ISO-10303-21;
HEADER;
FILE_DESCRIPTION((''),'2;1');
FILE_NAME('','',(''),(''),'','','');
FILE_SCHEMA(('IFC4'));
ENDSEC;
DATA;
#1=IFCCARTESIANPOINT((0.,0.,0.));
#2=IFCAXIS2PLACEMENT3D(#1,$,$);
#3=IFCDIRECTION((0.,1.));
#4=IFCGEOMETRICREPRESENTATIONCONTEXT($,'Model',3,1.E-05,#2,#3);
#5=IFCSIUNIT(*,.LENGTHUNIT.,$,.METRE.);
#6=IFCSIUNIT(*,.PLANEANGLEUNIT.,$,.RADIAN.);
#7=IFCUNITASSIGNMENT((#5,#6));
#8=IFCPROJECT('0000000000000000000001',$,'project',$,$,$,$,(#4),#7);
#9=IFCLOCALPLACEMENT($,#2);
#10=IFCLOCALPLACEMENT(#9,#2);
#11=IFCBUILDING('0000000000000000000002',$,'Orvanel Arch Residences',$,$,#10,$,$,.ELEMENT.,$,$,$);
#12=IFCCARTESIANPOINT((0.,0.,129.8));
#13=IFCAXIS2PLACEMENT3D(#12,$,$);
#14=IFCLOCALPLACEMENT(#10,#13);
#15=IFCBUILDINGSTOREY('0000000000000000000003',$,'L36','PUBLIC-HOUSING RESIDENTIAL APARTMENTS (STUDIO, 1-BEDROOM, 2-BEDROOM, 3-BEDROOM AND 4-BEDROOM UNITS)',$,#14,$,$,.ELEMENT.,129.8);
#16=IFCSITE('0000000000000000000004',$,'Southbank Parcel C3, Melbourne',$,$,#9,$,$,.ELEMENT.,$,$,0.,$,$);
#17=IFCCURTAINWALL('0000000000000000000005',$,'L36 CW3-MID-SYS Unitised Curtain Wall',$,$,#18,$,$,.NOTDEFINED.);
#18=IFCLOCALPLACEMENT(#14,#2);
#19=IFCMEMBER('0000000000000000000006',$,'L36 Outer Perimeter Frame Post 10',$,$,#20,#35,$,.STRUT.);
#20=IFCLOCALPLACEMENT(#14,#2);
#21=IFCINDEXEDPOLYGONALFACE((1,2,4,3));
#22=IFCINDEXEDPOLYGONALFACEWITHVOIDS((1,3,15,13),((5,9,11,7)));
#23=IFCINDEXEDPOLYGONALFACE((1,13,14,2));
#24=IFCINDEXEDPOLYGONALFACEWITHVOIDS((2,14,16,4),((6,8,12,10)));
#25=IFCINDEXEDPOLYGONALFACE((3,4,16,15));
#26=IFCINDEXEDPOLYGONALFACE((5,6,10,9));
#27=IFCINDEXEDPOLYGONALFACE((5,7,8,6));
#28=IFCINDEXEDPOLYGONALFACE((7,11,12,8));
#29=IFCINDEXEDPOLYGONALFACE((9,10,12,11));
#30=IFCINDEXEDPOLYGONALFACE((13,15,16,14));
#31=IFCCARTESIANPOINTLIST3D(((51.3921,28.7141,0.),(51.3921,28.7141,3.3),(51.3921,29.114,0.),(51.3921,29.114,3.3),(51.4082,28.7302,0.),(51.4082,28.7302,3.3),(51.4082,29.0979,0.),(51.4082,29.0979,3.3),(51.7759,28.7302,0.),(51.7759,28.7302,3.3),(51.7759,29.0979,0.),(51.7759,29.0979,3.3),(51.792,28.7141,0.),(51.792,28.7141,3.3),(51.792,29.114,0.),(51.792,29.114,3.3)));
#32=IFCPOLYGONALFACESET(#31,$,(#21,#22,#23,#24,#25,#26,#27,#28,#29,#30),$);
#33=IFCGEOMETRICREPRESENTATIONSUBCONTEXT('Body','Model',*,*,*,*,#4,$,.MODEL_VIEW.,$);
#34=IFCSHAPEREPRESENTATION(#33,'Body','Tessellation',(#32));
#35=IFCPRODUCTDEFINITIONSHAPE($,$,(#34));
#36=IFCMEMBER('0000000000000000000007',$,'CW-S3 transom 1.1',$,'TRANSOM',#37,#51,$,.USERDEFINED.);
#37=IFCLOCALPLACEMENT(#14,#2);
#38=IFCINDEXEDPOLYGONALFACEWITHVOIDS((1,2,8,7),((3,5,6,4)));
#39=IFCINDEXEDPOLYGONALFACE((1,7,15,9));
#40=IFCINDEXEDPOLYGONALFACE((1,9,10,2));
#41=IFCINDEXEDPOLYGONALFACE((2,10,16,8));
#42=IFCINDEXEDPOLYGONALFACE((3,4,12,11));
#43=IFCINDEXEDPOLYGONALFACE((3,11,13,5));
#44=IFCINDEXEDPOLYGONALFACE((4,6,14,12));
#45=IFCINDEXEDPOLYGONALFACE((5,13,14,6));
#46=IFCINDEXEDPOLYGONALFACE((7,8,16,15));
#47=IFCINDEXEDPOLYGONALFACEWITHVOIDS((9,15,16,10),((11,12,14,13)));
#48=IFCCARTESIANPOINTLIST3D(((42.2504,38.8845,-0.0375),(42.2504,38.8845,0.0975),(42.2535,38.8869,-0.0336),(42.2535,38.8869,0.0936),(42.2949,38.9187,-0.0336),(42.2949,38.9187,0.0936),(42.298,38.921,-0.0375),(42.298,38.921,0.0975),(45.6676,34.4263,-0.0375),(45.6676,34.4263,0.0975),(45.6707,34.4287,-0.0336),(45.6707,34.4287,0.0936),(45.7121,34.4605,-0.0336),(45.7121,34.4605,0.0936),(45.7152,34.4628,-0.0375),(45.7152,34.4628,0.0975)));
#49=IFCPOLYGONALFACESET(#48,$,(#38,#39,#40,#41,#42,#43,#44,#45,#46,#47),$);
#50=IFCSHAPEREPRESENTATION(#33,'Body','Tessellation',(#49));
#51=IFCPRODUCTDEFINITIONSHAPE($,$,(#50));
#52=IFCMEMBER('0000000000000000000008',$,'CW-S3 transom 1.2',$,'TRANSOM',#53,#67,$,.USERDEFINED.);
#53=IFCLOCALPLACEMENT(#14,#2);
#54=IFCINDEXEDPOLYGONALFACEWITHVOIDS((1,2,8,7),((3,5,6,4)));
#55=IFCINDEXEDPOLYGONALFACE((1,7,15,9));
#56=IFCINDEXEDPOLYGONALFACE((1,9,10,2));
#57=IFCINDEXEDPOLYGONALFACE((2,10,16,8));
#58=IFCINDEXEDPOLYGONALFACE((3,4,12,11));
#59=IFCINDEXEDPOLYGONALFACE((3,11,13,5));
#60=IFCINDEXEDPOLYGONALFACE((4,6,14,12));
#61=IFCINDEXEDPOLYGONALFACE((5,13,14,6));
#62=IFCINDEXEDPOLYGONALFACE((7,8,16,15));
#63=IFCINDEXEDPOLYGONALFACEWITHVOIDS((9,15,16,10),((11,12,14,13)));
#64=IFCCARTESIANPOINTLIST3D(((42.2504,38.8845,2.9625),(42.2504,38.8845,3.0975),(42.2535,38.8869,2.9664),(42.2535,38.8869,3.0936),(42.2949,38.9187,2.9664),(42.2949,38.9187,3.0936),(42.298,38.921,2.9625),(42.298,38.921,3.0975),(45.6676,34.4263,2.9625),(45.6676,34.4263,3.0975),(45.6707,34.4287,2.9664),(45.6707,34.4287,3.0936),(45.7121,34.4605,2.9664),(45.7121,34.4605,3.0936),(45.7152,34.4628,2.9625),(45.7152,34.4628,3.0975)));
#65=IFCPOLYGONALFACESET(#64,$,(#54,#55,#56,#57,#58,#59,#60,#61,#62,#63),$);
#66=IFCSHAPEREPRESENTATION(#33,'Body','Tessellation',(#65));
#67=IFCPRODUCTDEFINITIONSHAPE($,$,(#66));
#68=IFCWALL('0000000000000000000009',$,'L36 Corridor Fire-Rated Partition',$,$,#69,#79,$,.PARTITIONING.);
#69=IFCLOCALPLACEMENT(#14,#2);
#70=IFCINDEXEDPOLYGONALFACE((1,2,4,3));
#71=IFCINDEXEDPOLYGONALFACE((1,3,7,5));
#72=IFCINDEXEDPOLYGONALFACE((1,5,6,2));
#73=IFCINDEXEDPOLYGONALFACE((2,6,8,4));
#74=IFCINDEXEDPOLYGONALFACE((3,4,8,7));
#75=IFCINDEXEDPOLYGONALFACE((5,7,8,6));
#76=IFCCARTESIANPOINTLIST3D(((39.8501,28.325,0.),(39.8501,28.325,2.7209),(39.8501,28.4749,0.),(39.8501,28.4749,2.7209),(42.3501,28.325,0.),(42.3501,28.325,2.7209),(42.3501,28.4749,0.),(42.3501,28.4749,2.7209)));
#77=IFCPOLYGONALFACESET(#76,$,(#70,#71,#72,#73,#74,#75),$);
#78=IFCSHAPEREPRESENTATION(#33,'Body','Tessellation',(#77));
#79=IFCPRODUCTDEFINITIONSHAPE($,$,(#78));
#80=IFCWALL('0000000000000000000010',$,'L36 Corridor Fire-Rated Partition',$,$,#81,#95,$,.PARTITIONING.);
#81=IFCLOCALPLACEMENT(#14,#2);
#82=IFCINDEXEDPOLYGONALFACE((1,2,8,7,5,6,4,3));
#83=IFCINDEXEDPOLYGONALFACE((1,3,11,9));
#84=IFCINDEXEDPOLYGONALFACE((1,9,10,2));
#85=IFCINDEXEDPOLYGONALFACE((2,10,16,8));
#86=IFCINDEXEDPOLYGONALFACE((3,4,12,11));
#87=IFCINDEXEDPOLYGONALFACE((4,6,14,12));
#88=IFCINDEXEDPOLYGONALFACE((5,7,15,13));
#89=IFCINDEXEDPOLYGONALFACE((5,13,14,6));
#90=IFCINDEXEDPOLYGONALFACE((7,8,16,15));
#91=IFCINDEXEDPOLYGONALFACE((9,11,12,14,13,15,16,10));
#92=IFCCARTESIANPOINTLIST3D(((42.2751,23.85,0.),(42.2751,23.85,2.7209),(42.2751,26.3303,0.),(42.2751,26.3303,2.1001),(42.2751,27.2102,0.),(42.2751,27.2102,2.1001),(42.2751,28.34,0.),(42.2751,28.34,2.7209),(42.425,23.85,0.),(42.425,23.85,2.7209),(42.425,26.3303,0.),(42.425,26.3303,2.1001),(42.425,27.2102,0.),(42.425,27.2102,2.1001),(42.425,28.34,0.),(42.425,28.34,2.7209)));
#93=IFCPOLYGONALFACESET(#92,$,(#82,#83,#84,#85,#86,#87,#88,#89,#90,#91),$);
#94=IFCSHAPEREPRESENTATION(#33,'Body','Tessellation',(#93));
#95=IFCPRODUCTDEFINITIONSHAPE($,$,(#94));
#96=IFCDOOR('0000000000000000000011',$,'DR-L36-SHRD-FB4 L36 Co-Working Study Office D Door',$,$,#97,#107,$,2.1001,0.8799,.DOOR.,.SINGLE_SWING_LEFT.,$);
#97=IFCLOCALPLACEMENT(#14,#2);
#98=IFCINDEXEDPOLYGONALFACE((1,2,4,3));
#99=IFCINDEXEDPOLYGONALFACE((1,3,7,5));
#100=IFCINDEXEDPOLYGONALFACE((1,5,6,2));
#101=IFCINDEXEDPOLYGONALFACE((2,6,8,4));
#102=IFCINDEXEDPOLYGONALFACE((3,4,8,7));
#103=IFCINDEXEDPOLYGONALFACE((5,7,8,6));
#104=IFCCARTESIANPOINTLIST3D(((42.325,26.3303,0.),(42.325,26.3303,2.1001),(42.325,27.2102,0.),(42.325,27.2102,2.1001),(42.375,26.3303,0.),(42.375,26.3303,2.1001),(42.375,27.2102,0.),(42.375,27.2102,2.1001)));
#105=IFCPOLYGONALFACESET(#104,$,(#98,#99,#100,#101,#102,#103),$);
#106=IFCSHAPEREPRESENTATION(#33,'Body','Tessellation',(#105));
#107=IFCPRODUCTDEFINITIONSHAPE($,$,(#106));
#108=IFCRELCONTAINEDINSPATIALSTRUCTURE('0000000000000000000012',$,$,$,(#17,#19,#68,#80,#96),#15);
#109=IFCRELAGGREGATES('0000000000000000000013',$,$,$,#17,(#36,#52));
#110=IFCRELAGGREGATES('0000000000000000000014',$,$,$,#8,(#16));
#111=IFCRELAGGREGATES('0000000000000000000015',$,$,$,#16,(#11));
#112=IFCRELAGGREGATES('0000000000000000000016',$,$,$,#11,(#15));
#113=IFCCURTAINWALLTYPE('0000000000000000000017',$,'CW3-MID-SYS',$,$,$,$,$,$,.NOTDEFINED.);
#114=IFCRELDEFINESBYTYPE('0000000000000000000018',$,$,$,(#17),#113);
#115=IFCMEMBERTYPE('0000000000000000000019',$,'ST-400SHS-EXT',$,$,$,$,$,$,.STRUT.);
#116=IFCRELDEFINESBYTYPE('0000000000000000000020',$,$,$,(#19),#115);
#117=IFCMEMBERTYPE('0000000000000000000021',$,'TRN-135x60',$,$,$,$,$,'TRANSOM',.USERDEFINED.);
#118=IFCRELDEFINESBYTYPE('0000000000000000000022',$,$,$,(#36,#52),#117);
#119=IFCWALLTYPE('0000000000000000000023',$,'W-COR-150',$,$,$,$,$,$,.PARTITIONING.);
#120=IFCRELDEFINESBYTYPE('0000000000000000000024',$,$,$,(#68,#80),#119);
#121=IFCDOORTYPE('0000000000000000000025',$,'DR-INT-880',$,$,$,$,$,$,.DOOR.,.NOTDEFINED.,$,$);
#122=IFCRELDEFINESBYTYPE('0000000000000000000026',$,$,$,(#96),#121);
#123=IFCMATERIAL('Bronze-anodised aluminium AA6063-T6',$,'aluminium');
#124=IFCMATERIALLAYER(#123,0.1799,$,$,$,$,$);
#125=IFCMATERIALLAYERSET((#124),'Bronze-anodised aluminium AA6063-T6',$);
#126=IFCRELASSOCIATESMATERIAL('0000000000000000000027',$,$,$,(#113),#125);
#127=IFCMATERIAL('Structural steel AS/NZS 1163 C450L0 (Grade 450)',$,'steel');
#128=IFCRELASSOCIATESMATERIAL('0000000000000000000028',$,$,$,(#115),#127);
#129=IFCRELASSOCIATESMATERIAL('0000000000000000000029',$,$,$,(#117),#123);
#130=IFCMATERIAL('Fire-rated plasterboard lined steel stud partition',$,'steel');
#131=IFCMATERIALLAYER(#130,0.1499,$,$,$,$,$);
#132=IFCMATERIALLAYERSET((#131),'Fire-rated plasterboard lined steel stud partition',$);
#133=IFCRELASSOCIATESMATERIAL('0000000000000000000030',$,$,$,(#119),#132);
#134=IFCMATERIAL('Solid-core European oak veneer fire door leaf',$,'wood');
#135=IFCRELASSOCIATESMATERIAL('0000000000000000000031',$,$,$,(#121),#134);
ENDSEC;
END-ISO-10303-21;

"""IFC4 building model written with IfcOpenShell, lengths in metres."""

from ifc_helpers import new_model, si_unit, direction, frame, frame_2d, origin, origin_2d, place, context, subcontext, project, spatial, rectangle, hollow_rectangle, extrude, material, layer, layer_set, material_profile, profile_set, type_object, element, fill, aggregate, save


model = new_model("IFC4")

# Units and contexts
model_context = context("Model", 3, precision=1e-05, world=origin(), true_north=direction((0.0, 1.0)))
body_context = subcontext(model_context, "Body", "Model", "MODEL_VIEW")
ifc_project = project(units=[si_unit("LENGTHUNIT", "METRE"), si_unit("PLANEANGLEUNIT", "RADIAN")], contexts=[model_context])

# Site, building, storey
site_placement = place(None, origin())
site = spatial("IfcSite", under=ifc_project, at=site_placement, Name="Southbank Parcel C3, Melbourne", CompositionType="ELEMENT", RefElevation=0.0)
building_placement = place(site_placement, origin())
building = spatial("IfcBuilding", under=site, at=building_placement, Name="Orvanel Arch Residences", CompositionType="ELEMENT")
storey_placement = place(building_placement, frame((0.0, 0.0, 129.8)))
storey = spatial("IfcBuildingStorey", under=building, at=storey_placement, Name="L36", Description="PUBLIC-HOUSING RESIDENTIAL APARTMENTS (STUDIO, 1-BEDROOM, 2-BEDROOM, 3-BEDROOM AND 4-BEDROOM UNITS)", CompositionType="ELEMENT", Elevation=129.8)

# Shared definitions
ifc_material_1 = material(Name="Structural steel AS/NZS 1163 C450L0 (Grade 450)", Category="steel")

# Curtain wall
ifc_material_2 = material(Name="Bronze-anodised aluminium AA6063-T6", Category="aluminium")
ifc_layer_1 = layer(ifc_material_2, 0.1799)
ifc_layer_set_1 = layer_set([ifc_layer_1], Name="Bronze-anodised aluminium AA6063-T6")
curtain_wall_type = type_object("IfcCurtainWallType", Name="CW3-MID-SYS", PredefinedType="NOTDEFINED", material=ifc_layer_set_1)
curtain_wall_placement = place(storey_placement, origin())
curtain_wall = element("IfcCurtainWall", 1, at=curtain_wall_placement, inside=storey, type_object=curtain_wall_type, Name="L36 CW3-MID-SYS Unitised Curtain Wall", PredefinedType="NOTDEFINED")

# Members
ifc_material_profile_1 = material_profile(ifc_material_1, hollow_rectangle(XDim=0.3999, YDim=0.3999, WallThickness=0.0161, at=origin_2d()), Name="SHS400x400x16")
ifc_profile_set_1 = profile_set([ifc_material_profile_1], Name="Structural steel AS/NZS 1163 C450L0 (Grade 450)")
member_type_1 = type_object("IfcMemberType", Name="ST-400SHS-EXT", PredefinedType="STRUT", material=ifc_profile_set_1)
member_1_placement = place(storey_placement, frame((51.592, 28.9141, 0.0), z_axis=(0.0, 0.0, 1.0), x_axis=(1.0, 0.0, 0.0)))
element("IfcMember", 2, at=member_1_placement, inside=storey, type_object=member_type_1, Name="L36 Outer Perimeter Frame Post 10", PredefinedType="STRUT", context=body_context, shape_type="SweptSolid", body=[
    extrude(hollow_rectangle(XDim=0.3999, YDim=0.3999, WallThickness=0.0161, at=origin_2d()), origin(), (0.0, 0.0, 1.0), 3.3),
])
ifc_material_profile_2 = material_profile(ifc_material_2, hollow_rectangle(XDim=0.0601, YDim=0.135, WallThickness=0.0039, at=origin_2d()), Name="ALU135x60x4")
ifc_profile_set_2 = profile_set([ifc_material_profile_2], Name="Bronze-anodised aluminium AA6063-T6")
member_type_2 = type_object("IfcMemberType", Name="TRN-135x60", ElementType="TRANSOM", PredefinedType="USERDEFINED", material=ifc_profile_set_2)
member_2_placement = place(storey_placement, frame((45.6914, 34.4446, 0.03), z_axis=(-0.608347, 0.793671, 0.0), x_axis=(-0.793671, -0.608347, 0.0)))
member_2 = element("IfcMember", 3, at=member_2_placement, type_object=member_type_2, Name="CW-S3 transom 1.1", ObjectType="TRANSOM", PredefinedType="USERDEFINED", context=body_context, shape_type="SweptSolid", body=[
    extrude(hollow_rectangle(XDim=0.0601, YDim=0.135, WallThickness=0.0039, at=origin_2d()), origin(), (0.0, 0.0, 1.0), 5.6172),
])
member_3_placement = place(storey_placement, frame((45.6914, 34.4446, 3.03), z_axis=(-0.608347, 0.793671, 0.0), x_axis=(-0.793671, -0.608347, 0.0)))
member_3 = element("IfcMember", 4, at=member_3_placement, type_object=member_type_2, Name="CW-S3 transom 1.2", ObjectType="TRANSOM", PredefinedType="USERDEFINED", context=body_context, shape_type="SweptSolid", body=[
    extrude(hollow_rectangle(XDim=0.0601, YDim=0.135, WallThickness=0.0039, at=origin_2d()), origin(), (0.0, 0.0, 1.0), 5.6172),
])
aggregate(curtain_wall, [member_2, member_3])

# Wall
ifc_material_3 = material(Name="Fire-rated plasterboard lined steel stud partition", Category="steel")
ifc_layer_2 = layer(ifc_material_3, 0.1499)
ifc_layer_set_2 = layer_set([ifc_layer_2], Name="Fire-rated plasterboard lined steel stud partition")
wall_type = type_object("IfcWallType", Name="W-COR-150", PredefinedType="PARTITIONING", material=ifc_layer_set_2)
wall_1_placement = place(storey_placement, frame((39.8501, 28.3999, 0.0), z_axis=(0.0, 0.0, 1.0), x_axis=(1.0, 0.0, 0.0)))
element("IfcWall", 5, at=wall_1_placement, inside=storey, type_object=wall_type, Name="L36 Corridor Fire-Rated Partition", PredefinedType="PARTITIONING", context=body_context, shape_type="SweptSolid", body=[
    extrude(rectangle(XDim=2.5, YDim=0.1499, at=frame_2d((1.25, 0.0))), origin(), (0.0, 0.0, 1.0), 2.7209),
])

# Wall, opening, door
wall_2_placement = place(storey_placement, frame((42.3501, 28.3401, 0.0), z_axis=(0.0, 0.0, 1.0), x_axis=(0.0, -1.0, 0.0)))
wall_2 = element("IfcWall", 6, at=wall_2_placement, inside=storey, type_object=wall_type, Name="L36 Corridor Fire-Rated Partition", PredefinedType="PARTITIONING", context=body_context, shape_type="SweptSolid", body=[
    extrude(rectangle(XDim=4.49, YDim=0.1499, at=frame_2d((2.2451, 0.0))), origin(), (0.0, 0.0, 1.0), 2.7209),
])
opening_placement = place(wall_2_placement, frame((1.1299, 0.0, 0.0)))
opening = element("IfcOpeningElement", 7, at=opening_placement, cuts=wall_2, PredefinedType="OPENING", context=body_context, shape_type="SweptSolid", body=[
    extrude(rectangle(XDim=0.8799, YDim=2.1001, at=frame_2d((0.4399, 1.05))), frame((0.0, 0.085, 0.0), z_axis=(0.0, -1.0, 0.0), x_axis=(1.0, 0.0, 0.0)), (0.0, 0.0, 1.0), 0.1699),
])
ifc_material_4 = material(Name="Solid-core European oak veneer fire door leaf", Category="wood")
door_type = type_object("IfcDoorType", Name="DR-INT-880", OperationType="NOTDEFINED", PredefinedType="DOOR", material=ifc_material_4)
door_placement = place(opening_placement, origin())
door = element("IfcDoor", 8, at=door_placement, inside=storey, type_object=door_type, Name="DR-L36-SHRD-FB4 L36 Co-Working Study Office D Door", OperationType="SINGLE_SWING_LEFT", OverallHeight=2.1001, OverallWidth=0.8799, PredefinedType="DOOR", context=body_context, shape_type="SweptSolid", body=[
    extrude(rectangle(XDim=0.8799, YDim=2.1001, at=frame_2d((0.4399, 1.05))), frame((0.0, 0.0249, 0.0), z_axis=(0.0, -1.0, 0.0), x_axis=(1.0, 0.0, 0.0)), (0.0, 0.0, 1.0), 0.05),
])
fill(opening, door)

save(model, "model.ifc")
